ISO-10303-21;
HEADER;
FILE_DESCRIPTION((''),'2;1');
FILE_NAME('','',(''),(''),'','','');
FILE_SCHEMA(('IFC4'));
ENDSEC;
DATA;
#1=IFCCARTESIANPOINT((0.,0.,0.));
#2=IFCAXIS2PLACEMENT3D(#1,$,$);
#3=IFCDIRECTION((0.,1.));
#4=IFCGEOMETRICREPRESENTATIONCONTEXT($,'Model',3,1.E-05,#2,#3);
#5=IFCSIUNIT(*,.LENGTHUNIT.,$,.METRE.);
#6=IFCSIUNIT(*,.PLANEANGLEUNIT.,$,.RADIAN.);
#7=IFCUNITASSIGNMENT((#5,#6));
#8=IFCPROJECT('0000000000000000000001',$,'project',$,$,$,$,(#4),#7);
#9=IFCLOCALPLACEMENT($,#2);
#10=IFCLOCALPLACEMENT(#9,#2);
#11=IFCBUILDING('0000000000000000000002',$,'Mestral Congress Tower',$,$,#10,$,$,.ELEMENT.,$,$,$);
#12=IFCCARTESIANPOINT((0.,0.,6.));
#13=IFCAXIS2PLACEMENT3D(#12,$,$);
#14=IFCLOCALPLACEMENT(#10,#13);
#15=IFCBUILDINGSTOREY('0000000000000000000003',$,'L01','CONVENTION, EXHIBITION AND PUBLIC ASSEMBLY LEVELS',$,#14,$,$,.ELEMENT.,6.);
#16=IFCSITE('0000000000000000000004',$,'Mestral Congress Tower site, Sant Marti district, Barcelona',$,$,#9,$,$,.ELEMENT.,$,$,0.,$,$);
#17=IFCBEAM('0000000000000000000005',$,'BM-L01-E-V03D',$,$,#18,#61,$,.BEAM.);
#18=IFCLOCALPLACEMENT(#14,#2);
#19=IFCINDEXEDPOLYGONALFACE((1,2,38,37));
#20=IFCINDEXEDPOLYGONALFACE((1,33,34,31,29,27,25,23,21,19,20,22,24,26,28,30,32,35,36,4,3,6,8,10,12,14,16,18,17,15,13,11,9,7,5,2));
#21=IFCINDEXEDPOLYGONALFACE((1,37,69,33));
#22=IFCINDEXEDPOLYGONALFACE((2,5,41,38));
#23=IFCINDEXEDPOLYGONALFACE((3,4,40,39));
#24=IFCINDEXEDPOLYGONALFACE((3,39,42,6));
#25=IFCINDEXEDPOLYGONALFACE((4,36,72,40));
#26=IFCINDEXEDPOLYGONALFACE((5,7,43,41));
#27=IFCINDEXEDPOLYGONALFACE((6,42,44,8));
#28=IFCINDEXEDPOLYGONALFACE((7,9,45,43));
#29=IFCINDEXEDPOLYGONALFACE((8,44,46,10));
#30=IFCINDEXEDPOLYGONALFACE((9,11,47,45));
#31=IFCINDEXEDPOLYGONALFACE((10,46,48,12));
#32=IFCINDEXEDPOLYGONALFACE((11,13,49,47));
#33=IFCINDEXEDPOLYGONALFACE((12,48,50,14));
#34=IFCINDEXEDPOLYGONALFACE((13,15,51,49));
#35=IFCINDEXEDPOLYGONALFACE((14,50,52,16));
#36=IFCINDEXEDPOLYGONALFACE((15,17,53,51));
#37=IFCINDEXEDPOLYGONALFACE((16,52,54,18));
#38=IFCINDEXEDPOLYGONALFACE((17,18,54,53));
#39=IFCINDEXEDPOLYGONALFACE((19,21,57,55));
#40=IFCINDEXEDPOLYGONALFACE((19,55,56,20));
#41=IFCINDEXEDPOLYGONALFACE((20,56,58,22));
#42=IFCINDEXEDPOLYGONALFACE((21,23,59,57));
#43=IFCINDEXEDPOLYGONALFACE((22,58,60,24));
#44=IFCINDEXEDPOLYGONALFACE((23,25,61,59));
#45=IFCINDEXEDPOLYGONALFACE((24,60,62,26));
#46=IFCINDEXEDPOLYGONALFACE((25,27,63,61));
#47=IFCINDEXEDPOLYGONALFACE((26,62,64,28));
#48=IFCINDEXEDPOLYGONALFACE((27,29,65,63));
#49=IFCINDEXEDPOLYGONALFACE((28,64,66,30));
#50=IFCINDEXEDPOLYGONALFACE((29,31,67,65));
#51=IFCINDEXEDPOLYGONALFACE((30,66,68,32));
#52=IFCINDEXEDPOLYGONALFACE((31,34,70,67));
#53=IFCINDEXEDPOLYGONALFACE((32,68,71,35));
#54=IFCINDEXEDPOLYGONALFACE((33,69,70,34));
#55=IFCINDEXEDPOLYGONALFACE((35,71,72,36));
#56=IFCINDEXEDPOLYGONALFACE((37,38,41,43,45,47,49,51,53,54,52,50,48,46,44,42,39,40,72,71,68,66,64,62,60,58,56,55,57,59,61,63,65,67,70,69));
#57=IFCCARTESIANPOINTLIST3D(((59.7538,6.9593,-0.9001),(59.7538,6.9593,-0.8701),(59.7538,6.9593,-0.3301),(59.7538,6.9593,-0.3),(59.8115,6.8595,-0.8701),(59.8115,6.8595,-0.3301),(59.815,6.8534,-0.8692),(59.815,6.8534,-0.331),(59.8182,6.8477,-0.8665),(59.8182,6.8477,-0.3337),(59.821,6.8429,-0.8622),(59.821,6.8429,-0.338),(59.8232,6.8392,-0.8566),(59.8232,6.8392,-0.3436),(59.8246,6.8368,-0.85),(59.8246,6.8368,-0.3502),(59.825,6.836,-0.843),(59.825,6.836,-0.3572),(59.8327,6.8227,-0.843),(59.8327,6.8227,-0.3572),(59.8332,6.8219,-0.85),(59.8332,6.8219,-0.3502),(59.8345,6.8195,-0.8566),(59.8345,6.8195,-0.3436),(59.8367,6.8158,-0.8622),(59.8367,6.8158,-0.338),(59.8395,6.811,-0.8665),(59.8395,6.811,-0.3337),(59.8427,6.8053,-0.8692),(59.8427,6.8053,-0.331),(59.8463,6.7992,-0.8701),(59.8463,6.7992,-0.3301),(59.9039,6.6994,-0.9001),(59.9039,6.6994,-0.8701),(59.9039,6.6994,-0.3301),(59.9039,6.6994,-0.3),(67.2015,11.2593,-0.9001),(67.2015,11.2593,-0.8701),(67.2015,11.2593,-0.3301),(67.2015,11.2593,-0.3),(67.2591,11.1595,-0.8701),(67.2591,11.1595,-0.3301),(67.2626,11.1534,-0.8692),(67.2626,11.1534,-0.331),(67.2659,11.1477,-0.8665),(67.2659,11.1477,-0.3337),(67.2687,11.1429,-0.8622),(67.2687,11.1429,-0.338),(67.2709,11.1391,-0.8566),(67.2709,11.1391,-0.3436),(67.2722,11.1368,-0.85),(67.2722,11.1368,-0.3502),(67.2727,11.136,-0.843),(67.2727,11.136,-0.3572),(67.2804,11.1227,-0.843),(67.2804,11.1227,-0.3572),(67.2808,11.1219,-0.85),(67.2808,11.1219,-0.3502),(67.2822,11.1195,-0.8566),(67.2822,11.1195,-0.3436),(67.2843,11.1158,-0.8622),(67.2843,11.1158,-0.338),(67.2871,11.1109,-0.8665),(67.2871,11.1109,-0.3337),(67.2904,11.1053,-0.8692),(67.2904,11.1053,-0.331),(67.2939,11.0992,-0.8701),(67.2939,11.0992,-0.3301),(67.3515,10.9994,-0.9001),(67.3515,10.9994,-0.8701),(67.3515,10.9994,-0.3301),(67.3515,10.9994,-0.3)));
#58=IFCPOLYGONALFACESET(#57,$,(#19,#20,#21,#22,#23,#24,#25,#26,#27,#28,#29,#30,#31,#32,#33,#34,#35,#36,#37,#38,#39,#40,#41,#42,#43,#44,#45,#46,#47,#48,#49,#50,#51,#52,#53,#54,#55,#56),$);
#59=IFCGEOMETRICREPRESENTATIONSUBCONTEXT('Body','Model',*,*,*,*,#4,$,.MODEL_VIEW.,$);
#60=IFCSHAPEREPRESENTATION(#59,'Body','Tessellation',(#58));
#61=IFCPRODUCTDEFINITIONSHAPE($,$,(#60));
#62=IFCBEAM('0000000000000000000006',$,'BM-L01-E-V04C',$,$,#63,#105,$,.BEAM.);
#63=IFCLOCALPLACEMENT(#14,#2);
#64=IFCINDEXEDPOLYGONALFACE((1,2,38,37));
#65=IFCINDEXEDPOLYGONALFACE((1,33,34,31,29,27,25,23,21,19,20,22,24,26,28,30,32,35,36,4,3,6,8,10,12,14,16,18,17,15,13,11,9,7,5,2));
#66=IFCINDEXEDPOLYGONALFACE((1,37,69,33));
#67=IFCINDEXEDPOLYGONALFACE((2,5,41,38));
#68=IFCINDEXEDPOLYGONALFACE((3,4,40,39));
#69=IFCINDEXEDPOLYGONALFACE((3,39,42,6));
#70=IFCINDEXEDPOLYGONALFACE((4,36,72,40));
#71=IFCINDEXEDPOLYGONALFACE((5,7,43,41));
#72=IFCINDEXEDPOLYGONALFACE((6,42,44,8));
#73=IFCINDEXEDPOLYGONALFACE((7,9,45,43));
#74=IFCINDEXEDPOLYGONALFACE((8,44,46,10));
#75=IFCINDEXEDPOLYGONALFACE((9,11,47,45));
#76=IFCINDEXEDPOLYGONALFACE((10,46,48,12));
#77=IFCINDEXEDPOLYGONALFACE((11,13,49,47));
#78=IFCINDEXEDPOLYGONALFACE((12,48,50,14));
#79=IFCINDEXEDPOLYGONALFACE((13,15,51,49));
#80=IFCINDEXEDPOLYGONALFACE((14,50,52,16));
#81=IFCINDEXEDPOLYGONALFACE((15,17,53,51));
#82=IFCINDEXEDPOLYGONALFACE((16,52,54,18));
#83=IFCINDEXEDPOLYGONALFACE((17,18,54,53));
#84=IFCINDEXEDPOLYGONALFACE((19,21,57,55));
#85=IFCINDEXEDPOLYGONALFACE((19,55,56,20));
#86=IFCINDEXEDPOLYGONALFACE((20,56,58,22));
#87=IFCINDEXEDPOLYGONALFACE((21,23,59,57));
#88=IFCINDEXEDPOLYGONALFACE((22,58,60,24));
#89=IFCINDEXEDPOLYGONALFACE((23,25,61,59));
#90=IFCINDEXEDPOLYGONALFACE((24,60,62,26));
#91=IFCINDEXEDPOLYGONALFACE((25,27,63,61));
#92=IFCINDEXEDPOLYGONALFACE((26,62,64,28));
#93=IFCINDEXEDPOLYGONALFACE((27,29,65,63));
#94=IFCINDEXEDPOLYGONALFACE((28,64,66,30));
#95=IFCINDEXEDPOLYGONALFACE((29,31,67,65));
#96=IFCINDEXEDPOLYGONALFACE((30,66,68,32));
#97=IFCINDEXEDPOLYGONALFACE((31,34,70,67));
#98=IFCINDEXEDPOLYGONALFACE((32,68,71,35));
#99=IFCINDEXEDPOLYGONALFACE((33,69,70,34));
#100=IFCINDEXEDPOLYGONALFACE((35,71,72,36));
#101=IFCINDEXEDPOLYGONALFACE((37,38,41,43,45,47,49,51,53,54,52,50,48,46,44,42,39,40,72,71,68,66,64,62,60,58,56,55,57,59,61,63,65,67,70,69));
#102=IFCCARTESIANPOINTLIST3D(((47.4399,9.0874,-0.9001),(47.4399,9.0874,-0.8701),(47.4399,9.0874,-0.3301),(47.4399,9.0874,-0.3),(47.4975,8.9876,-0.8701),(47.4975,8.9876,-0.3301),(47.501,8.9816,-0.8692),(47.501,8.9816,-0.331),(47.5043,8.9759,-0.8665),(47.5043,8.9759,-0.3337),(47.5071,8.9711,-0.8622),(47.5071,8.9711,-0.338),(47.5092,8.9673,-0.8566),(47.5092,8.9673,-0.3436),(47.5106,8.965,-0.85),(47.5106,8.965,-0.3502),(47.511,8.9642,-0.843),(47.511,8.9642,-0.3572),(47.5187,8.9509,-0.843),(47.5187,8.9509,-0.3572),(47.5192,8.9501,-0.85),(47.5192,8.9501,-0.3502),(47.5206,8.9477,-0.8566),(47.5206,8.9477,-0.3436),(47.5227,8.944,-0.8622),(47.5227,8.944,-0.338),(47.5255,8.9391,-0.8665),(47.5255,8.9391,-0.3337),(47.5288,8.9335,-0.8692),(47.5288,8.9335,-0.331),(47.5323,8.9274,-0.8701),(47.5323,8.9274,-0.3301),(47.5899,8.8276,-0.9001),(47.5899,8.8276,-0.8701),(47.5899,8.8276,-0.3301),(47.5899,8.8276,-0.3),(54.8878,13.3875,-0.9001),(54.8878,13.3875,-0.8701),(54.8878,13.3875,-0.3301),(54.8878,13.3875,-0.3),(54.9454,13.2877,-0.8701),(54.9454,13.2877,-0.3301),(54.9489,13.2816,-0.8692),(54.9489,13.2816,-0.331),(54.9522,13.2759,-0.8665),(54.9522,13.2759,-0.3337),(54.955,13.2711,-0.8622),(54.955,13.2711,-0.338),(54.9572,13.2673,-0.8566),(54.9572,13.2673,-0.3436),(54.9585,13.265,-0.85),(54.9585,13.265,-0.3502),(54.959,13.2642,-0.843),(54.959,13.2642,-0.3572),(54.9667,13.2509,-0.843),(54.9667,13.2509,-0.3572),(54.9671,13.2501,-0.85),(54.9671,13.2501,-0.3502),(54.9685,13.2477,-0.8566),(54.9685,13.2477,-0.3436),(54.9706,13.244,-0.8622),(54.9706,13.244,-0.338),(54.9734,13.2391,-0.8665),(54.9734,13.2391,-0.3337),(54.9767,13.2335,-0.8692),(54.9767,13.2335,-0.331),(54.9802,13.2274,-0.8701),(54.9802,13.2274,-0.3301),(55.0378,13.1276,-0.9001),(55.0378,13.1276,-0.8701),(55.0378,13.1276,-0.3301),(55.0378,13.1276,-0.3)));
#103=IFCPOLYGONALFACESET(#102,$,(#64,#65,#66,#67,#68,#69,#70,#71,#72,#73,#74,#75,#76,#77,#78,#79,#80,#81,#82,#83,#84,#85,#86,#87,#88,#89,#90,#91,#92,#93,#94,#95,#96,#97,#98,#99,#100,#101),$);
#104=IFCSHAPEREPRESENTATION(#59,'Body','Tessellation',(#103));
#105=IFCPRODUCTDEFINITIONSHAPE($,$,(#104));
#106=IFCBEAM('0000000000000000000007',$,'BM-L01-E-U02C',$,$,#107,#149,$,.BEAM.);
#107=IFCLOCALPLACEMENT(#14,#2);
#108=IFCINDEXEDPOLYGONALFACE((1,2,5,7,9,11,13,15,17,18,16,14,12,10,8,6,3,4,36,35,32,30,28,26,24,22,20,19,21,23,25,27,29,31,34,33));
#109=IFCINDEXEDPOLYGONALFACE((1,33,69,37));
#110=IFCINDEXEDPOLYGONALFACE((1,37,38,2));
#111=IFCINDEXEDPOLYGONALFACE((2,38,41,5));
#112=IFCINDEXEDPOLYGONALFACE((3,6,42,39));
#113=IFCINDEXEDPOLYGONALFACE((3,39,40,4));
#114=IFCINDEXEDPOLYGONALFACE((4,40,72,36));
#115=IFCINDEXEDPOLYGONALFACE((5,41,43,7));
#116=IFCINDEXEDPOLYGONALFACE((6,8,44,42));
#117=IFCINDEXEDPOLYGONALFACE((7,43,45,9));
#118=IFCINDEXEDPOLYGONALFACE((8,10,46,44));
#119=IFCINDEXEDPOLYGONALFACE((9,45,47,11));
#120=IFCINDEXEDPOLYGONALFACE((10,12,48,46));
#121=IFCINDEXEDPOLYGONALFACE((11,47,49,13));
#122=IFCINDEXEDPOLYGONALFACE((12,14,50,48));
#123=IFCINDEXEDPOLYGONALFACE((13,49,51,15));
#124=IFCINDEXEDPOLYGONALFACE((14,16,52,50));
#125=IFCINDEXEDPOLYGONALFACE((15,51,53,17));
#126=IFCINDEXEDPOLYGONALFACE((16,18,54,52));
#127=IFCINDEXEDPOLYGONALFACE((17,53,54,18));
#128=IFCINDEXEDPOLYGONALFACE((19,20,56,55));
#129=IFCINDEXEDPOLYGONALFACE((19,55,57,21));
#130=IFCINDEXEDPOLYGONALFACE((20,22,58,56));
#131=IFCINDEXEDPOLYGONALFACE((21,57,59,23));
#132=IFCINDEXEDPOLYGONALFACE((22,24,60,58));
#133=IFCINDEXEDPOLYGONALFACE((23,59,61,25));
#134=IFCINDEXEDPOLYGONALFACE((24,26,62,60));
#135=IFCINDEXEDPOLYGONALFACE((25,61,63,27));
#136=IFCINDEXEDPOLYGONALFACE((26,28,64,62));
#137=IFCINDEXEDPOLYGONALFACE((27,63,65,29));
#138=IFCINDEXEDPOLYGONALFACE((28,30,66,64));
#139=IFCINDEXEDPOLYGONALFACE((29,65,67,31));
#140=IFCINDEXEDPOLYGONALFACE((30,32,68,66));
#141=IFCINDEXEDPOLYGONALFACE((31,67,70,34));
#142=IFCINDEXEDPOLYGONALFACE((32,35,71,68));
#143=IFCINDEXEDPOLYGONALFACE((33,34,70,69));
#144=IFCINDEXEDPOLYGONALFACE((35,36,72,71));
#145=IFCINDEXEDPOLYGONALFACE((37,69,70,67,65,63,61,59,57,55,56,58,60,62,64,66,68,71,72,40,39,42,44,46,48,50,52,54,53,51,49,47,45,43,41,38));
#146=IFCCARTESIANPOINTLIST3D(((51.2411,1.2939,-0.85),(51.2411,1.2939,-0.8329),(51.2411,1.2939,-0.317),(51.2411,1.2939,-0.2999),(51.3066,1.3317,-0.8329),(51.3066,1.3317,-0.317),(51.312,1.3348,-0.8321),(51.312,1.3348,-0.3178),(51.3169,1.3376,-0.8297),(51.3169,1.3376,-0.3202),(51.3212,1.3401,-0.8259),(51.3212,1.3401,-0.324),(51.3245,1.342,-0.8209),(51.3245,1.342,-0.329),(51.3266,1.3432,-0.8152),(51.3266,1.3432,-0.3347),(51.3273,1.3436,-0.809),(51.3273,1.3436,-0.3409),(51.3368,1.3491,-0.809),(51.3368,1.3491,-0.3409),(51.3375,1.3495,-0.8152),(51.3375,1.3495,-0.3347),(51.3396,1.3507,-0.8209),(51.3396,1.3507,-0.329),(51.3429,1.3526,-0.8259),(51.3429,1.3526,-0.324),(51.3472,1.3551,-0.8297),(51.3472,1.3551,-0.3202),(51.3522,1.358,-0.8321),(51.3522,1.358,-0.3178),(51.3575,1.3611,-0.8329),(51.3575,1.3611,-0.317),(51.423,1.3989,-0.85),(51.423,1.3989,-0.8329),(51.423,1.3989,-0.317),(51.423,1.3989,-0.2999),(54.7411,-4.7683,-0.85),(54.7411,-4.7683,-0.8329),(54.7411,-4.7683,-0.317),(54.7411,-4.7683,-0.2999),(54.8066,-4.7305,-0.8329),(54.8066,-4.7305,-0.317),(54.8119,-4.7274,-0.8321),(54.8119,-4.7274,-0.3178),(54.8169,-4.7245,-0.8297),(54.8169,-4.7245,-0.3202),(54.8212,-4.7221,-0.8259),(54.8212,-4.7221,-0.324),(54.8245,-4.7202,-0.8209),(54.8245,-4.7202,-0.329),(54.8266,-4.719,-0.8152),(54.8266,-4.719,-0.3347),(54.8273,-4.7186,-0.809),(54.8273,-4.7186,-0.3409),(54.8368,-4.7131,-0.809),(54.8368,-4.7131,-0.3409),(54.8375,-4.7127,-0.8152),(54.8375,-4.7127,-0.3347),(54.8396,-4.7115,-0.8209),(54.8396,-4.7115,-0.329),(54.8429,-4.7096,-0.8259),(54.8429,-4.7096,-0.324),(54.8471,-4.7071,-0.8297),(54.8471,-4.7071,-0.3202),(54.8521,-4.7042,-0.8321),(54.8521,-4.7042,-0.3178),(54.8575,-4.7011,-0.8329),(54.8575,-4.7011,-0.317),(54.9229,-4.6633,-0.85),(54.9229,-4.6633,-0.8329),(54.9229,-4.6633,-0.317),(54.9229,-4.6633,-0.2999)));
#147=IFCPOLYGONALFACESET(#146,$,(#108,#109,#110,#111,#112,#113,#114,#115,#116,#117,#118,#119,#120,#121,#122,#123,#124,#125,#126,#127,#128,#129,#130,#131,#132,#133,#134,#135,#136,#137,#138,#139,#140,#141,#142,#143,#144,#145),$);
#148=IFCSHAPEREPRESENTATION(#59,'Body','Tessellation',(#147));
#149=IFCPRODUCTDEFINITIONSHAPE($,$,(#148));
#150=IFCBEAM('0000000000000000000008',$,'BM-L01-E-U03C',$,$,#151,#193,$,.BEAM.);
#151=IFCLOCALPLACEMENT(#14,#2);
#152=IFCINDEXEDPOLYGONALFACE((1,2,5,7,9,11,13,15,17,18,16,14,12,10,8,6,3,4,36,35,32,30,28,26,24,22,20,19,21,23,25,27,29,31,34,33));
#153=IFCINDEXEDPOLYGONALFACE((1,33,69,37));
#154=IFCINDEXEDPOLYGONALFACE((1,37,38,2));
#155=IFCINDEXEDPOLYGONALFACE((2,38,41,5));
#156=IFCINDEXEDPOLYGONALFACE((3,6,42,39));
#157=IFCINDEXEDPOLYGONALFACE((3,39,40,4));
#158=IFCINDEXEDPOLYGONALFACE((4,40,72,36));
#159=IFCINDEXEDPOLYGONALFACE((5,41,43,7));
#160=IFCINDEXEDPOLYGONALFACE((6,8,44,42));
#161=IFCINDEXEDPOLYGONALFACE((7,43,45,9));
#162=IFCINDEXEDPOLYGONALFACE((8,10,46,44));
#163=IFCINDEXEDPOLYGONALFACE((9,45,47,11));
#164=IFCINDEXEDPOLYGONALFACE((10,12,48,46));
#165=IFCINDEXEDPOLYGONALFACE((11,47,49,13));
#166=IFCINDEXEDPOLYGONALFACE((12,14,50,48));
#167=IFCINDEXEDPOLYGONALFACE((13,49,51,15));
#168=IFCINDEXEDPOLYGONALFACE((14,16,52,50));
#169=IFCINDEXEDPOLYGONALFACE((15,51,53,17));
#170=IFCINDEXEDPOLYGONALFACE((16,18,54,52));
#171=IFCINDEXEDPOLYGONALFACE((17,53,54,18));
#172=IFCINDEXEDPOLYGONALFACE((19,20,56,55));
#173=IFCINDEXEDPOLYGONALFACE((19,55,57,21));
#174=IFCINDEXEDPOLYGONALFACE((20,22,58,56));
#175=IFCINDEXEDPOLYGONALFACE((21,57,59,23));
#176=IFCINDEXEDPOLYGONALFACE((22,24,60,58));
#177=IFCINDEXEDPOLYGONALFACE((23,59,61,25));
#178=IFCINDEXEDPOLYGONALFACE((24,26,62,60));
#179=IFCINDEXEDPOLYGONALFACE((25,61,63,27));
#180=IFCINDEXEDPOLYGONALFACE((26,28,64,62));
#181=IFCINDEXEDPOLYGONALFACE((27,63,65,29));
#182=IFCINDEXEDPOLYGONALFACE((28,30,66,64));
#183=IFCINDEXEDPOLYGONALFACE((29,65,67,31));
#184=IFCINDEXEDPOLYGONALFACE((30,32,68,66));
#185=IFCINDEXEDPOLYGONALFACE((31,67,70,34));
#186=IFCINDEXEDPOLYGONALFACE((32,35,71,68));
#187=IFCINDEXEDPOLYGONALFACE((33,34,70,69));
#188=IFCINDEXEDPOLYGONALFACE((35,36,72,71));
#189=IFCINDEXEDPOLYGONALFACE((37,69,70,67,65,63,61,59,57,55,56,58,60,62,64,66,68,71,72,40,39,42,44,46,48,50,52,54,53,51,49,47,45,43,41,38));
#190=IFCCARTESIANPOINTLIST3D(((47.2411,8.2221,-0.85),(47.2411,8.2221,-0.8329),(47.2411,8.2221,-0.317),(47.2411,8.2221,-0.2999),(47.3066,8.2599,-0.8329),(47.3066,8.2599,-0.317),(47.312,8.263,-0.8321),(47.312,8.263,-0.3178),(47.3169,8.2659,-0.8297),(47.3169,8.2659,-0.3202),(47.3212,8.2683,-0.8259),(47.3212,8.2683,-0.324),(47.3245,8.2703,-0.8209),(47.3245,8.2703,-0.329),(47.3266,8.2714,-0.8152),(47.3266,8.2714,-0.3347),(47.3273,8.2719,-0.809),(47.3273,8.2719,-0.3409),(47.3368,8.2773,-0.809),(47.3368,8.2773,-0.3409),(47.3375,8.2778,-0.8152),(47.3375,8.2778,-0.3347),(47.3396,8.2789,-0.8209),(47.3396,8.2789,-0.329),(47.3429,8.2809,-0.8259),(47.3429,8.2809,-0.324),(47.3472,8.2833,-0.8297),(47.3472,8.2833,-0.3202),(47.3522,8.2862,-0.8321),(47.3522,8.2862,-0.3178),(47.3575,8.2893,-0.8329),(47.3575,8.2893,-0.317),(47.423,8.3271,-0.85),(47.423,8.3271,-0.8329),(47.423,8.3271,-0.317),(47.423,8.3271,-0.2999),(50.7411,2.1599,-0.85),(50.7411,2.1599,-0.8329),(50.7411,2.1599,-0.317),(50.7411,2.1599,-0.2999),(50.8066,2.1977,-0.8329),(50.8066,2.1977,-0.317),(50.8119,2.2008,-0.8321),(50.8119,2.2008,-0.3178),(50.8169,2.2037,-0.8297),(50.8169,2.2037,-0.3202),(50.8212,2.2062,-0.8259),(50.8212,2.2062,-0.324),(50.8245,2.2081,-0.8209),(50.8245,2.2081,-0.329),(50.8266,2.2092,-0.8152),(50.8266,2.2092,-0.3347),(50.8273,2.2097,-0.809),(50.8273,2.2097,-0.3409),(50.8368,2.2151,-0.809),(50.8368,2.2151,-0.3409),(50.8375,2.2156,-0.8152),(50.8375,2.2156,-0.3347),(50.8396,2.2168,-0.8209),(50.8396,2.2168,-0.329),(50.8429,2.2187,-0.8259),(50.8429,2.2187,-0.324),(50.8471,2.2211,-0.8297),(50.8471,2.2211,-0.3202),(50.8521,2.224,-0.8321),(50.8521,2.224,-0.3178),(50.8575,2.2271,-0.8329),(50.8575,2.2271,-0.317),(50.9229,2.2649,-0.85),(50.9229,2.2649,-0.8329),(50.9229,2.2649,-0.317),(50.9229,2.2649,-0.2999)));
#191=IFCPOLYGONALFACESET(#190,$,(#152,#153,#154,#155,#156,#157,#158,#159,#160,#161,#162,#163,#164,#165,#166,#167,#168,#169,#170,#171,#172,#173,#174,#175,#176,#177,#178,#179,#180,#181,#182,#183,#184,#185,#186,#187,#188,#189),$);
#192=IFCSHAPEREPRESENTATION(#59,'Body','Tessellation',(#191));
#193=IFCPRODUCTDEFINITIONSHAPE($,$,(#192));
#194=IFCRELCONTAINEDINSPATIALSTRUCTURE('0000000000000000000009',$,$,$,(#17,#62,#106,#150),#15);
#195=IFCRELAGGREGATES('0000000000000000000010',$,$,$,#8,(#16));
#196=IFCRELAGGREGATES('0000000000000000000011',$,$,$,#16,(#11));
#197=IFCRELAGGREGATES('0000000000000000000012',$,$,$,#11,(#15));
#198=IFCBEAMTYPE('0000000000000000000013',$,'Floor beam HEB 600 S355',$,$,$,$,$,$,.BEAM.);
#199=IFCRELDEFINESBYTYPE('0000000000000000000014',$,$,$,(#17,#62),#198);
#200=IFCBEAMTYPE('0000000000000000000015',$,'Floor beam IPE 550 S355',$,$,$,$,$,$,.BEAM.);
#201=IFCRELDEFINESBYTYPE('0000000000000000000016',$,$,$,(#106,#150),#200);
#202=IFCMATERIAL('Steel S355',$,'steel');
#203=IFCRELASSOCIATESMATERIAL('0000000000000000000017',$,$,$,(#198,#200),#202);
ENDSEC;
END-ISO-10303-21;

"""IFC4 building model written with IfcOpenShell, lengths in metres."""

from ifc_helpers import new_model, si_unit, direction, frame, origin, origin_2d, place, context, subcontext, project, spatial, i_section, extrude, material, material_profile, profile_set, type_object, element, save


model = new_model("IFC4")

# Units and contexts
model_context = context("Model", 3, precision=1e-05, world=origin(), true_north=direction((0.0, 1.0)))
body_context = subcontext(model_context, "Body", "Model", "MODEL_VIEW")
ifc_project = project(units=[si_unit("LENGTHUNIT", "METRE"), si_unit("PLANEANGLEUNIT", "RADIAN")], contexts=[model_context])

# Site, building, storey
site_placement = place(None, origin())
site = spatial("IfcSite", under=ifc_project, at=site_placement, Name="Mestral Congress Tower site, Sant Marti district, Barcelona", CompositionType="ELEMENT", RefElevation=0.0)
building_placement = place(site_placement, origin())
building = spatial("IfcBuilding", under=site, at=building_placement, Name="Mestral Congress Tower", CompositionType="ELEMENT")
storey_placement = place(building_placement, frame((0.0, 0.0, 6.0)))
storey = spatial("IfcBuildingStorey", under=building, at=storey_placement, Name="L01", Description="CONVENTION, EXHIBITION AND PUBLIC ASSEMBLY LEVELS", CompositionType="ELEMENT", Elevation=6.0)

# Beams
ifc_material_1 = material(Name="Steel S355", Category="steel")
ifc_material_profile_1 = material_profile(ifc_material_1, i_section(OverallWidth=0.3, OverallDepth=0.6001, WebThickness=0.0154, FlangeThickness=0.03, FilletRadius=0.0271, at=origin_2d()), Name="HEB 600")
ifc_profile_set_1 = profile_set([ifc_material_profile_1], Name="Steel S355")
beam_type_1 = type_object("IfcBeamType", Name="Floor beam HEB 600 S355", PredefinedType="BEAM", material=ifc_profile_set_1)
beam_1_placement = place(storey_placement, frame((59.8289, 6.8293, -0.6001), z_axis=(0.866021, 0.500008, 0.0), x_axis=(-0.500008, 0.866021, 0.0)))
element("IfcBeam", 1, at=beam_1_placement, inside=storey, type_object=beam_type_1, Name="BM-L01-E-V03D", PredefinedType="BEAM", context=body_context, shape_type="SweptSolid", body=[
    extrude(i_section(OverallWidth=0.3, OverallDepth=0.6001, WebThickness=0.0154, FlangeThickness=0.03, FilletRadius=0.0271, at=origin_2d()), origin(), (0.0, 0.0, 1.0), 8.5999),
])
beam_2_placement = place(storey_placement, frame((47.5149, 8.9575, -0.6001), z_axis=(0.866028, 0.499995, 0.0), x_axis=(-0.499995, 0.866028, 0.0)))
element("IfcBeam", 2, at=beam_2_placement, inside=storey, type_object=beam_type_1, Name="BM-L01-E-V04C", PredefinedType="BEAM", context=body_context, shape_type="SweptSolid", body=[
    extrude(i_section(OverallWidth=0.3, OverallDepth=0.6001, WebThickness=0.0154, FlangeThickness=0.03, FilletRadius=0.0271, at=origin_2d()), origin(), (0.0, 0.0, 1.0), 8.6001),
])
ifc_material_profile_2 = material_profile(ifc_material_1, i_section(OverallWidth=0.21, OverallDepth=0.55, WebThickness=0.011, FlangeThickness=0.0171, FilletRadius=0.0239, at=origin_2d()), Name="IPE 550")
ifc_profile_set_2 = profile_set([ifc_material_profile_2], Name="Steel S355")
beam_type_2 = type_object("IfcBeamType", Name="Floor beam IPE 550 S355", PredefinedType="BEAM", material=ifc_profile_set_2)
for number, where, z_axis, x_axis, name in (
    (3, (54.832, -4.7158, -0.575), (-0.499995, 0.866028, 0.0), (-0.866028, -0.499995, 0.0), "BM-L01-E-U02C"),
    (4, (50.832, 2.2124, -0.575), (-0.499995, 0.866028, 0.0), (-0.866028, -0.499995, 0.0), "BM-L01-E-U03C"),
):
    element("IfcBeam", number, at=place(storey_placement, frame(where, z_axis=z_axis, x_axis=x_axis)), inside=storey, type_object=beam_type_2, Name=name, PredefinedType="BEAM", context=body_context, shape_type="SweptSolid", body=[
        extrude(i_section(OverallWidth=0.21, OverallDepth=0.55, WebThickness=0.011, FlangeThickness=0.0171, FilletRadius=0.0239, at=origin_2d()), origin(), (0.0, 0.0, 1.0), 7.0),
    ])

save(model, "model.ifc")
